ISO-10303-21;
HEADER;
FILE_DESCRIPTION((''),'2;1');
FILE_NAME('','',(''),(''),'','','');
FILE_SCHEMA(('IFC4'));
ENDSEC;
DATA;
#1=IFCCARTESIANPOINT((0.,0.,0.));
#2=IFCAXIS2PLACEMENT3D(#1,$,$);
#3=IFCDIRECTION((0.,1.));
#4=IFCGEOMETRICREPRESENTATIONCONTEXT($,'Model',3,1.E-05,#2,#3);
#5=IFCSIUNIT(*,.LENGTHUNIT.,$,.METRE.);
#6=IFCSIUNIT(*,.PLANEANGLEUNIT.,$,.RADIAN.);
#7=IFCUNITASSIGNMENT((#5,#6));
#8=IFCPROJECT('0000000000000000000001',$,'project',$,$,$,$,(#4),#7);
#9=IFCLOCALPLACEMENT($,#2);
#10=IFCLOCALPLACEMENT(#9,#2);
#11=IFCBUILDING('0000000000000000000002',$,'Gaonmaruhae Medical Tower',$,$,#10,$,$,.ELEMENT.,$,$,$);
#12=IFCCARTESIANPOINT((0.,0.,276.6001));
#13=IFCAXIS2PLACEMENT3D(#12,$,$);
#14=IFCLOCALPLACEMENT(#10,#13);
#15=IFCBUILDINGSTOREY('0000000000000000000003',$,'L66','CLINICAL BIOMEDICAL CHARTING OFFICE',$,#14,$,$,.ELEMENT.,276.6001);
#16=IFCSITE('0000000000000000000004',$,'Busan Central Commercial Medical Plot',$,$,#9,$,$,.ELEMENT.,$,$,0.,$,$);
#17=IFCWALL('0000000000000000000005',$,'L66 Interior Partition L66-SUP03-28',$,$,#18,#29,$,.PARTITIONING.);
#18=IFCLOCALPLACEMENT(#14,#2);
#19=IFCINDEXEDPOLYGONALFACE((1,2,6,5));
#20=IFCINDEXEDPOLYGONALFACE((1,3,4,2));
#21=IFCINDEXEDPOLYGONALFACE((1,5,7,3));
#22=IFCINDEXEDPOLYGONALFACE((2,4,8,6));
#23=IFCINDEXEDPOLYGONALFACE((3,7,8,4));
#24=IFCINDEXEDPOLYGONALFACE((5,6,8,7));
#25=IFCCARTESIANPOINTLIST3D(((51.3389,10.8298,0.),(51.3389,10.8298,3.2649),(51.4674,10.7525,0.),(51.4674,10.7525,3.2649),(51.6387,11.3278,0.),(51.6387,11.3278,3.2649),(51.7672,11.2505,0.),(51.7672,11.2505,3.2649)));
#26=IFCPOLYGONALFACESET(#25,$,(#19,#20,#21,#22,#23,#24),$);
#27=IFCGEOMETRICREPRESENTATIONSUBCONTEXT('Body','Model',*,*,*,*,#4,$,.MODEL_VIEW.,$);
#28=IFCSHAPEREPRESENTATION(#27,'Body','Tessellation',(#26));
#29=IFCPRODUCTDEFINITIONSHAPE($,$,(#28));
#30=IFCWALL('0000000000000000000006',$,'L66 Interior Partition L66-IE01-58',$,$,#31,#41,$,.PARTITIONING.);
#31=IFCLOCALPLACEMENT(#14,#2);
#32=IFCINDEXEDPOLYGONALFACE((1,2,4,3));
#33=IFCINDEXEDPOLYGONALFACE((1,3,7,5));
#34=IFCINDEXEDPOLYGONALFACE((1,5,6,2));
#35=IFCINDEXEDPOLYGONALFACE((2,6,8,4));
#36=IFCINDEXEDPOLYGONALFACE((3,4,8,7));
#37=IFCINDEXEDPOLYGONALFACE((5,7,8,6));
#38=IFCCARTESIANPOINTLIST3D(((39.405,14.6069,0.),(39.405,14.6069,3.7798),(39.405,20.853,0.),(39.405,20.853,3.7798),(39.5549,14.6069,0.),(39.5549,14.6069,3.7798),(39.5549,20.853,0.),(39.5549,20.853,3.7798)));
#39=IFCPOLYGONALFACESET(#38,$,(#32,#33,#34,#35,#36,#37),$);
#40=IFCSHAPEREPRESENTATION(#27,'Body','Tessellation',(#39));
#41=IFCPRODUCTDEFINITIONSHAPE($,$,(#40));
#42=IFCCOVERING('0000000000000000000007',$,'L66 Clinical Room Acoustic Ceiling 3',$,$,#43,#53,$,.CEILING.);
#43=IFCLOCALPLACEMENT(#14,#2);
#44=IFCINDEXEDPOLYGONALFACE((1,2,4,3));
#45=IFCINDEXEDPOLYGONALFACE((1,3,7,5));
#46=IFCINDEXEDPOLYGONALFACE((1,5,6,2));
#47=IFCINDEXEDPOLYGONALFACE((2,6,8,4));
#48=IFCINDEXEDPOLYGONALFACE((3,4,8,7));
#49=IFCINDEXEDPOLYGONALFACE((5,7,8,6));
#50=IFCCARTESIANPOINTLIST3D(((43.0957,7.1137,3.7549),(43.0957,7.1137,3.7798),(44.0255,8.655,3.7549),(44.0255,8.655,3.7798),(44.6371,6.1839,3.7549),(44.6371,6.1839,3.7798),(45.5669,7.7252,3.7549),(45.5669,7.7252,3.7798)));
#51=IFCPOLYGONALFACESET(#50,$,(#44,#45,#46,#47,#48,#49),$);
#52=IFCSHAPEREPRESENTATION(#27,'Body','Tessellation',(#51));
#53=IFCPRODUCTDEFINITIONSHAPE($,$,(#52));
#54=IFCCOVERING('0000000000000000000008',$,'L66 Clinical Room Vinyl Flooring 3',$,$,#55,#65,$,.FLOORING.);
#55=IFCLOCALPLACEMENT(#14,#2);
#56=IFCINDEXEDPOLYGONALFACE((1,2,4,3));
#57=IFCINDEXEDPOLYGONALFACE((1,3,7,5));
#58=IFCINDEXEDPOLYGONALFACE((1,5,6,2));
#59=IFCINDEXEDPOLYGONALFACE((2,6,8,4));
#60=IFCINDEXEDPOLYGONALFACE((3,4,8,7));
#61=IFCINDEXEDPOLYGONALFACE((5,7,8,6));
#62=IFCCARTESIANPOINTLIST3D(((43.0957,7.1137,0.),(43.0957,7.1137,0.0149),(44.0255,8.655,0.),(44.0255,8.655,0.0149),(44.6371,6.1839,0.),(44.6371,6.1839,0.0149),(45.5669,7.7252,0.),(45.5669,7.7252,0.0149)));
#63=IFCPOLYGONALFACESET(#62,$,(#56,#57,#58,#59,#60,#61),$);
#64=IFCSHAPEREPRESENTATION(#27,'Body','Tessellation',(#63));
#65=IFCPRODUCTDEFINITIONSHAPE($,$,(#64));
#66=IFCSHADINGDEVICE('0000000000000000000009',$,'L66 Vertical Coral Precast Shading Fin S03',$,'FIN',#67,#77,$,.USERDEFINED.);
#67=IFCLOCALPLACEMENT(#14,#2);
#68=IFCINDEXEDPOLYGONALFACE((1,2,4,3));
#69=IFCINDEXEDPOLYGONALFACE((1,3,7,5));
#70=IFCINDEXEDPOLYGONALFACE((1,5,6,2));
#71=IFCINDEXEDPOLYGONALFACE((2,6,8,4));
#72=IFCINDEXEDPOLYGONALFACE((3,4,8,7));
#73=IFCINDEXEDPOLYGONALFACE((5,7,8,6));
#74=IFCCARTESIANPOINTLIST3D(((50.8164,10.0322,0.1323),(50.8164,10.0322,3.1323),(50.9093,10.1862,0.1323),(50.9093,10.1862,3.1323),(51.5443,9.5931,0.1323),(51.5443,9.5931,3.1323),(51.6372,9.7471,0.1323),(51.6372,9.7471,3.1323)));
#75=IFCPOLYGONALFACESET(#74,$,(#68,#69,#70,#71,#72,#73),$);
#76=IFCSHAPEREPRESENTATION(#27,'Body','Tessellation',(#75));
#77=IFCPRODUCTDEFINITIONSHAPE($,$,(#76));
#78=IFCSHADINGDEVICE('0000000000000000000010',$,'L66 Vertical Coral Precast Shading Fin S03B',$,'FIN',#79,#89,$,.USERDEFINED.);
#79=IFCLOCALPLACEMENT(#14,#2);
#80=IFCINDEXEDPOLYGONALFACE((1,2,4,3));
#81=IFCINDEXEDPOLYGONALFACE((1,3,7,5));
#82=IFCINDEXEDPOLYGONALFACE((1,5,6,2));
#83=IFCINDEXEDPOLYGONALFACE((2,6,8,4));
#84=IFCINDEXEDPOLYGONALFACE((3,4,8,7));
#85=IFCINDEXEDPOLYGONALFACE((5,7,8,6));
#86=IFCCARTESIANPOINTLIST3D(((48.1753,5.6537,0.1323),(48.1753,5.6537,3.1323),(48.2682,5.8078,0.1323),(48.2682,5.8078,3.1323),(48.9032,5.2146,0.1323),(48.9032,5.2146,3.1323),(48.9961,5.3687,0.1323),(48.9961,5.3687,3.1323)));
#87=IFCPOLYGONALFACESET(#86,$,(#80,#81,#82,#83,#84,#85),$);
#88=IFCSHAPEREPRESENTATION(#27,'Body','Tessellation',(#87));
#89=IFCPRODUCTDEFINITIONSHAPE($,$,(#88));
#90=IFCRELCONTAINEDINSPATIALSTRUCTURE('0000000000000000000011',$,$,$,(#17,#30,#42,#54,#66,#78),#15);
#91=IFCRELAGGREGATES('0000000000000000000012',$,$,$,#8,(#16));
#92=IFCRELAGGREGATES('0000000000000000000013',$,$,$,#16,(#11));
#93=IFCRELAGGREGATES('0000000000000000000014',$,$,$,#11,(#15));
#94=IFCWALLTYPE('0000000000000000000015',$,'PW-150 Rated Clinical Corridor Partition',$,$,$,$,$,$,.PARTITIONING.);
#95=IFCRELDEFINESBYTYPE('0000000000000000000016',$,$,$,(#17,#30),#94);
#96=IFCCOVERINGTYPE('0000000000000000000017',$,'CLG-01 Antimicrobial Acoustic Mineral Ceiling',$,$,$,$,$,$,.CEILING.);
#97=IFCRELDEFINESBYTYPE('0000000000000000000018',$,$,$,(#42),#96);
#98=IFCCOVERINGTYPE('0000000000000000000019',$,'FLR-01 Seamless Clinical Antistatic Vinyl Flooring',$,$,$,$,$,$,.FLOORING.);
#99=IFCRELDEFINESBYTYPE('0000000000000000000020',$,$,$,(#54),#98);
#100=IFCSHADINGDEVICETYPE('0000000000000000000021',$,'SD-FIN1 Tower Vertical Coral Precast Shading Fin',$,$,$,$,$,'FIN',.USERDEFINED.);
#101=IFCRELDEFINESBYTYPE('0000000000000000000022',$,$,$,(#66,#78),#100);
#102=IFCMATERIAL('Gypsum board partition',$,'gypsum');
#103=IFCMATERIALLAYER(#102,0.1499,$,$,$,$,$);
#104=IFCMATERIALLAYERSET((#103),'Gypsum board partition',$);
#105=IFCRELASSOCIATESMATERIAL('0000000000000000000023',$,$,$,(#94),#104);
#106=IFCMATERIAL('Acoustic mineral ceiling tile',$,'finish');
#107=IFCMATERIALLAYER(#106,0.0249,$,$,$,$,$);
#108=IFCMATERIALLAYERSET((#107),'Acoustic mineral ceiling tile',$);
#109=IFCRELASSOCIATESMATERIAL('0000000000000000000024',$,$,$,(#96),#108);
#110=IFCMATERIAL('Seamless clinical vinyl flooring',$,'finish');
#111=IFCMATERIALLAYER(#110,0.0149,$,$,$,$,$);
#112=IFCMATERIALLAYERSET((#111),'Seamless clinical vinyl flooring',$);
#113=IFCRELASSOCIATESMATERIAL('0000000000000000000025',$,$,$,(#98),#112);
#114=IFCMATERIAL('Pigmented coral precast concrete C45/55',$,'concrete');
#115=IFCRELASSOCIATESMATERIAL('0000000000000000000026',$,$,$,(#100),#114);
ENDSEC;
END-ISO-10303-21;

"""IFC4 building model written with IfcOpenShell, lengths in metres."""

from ifc_helpers import new_model, si_unit, direction, frame, frame_2d, origin, origin_2d, place, context, subcontext, project, spatial, rectangle, extrude, material, layer, layer_set, type_object, element, save


model = new_model("IFC4")

# Units and contexts
model_context = context("Model", 3, precision=1e-05, world=origin(), true_north=direction((0.0, 1.0)))
body_context = subcontext(model_context, "Body", "Model", "MODEL_VIEW")
ifc_project = project(units=[si_unit("LENGTHUNIT", "METRE"), si_unit("PLANEANGLEUNIT", "RADIAN")], contexts=[model_context])

# Site, building, storey
site_placement = place(None, origin())
site = spatial("IfcSite", under=ifc_project, at=site_placement, Name="Busan Central Commercial Medical Plot", CompositionType="ELEMENT", RefElevation=0.0)
building_placement = place(site_placement, origin())
building = spatial("IfcBuilding", under=site, at=building_placement, Name="Gaonmaruhae Medical Tower", CompositionType="ELEMENT")
storey_placement = place(building_placement, frame((0.0, 0.0, 276.6001)))
storey = spatial("IfcBuildingStorey", under=building, at=storey_placement, Name="L66", Description="CLINICAL BIOMEDICAL CHARTING OFFICE", CompositionType="ELEMENT", Elevation=276.6001)

# Shared definitions
ifc_material_1 = material(Name="Gypsum board partition", Category="gypsum")
ifc_layer_1 = layer(ifc_material_1, 0.1499)
ifc_layer_set_1 = layer_set([ifc_layer_1], Name="Gypsum board partition")
wall_type_1 = type_object("IfcWallType", Name="PW-150 Rated Clinical Corridor Partition", PredefinedType="PARTITIONING", material=ifc_layer_set_1)

# Walls
wall_1_placement = place(storey_placement, frame((51.7029, 11.2891, 0.0), z_axis=(0.0, 0.0, 1.0), x_axis=(-0.51573, -0.856751, 0.0)))
element("IfcWall", 1, at=wall_1_placement, inside=storey, type_object=wall_type_1, Name="L66 Interior Partition L66-SUP03-28", PredefinedType="PARTITIONING", context=body_context, shape_type="SweptSolid", body=[
    extrude(rectangle(XDim=0.5813, YDim=0.1499, at=frame_2d((0.2905, 0.0))), origin(), (0.0, 0.0, 1.0), 3.2649),
])
wall_2_placement = place(storey_placement, frame((39.48, 14.6069, 0.0), z_axis=(0.0, 0.0, 1.0), x_axis=(0.0, 1.0, 0.0)))
element("IfcWall", 2, at=wall_2_placement, inside=storey, type_object=wall_type_1, Name="L66 Interior Partition L66-IE01-58", PredefinedType="PARTITIONING", context=body_context, shape_type="SweptSolid", body=[
    extrude(rectangle(XDim=6.2461, YDim=0.1499, at=frame_2d((3.123, 0.0))), origin(), (0.0, 0.0, 1.0), 3.7798),
])

# Coverings
ifc_material_2 = material(Name="Acoustic mineral ceiling tile", Category="finish")
ifc_layer_2 = layer(ifc_material_2, 0.0249)
ifc_layer_set_2 = layer_set([ifc_layer_2], Name="Acoustic mineral ceiling tile")
covering_type_1 = type_object("IfcCoveringType", Name="CLG-01 Antimicrobial Acoustic Mineral Ceiling", PredefinedType="CEILING", material=ifc_layer_set_2)
covering_1_placement = place(storey_placement, frame((44.3313, 7.4194, 3.7549), z_axis=(0.0, 0.0, 1.0), x_axis=(0.516533, 0.856267, 0.0)))
element("IfcCovering", 3, at=covering_1_placement, inside=storey, type_object=covering_type_1, Name="L66 Clinical Room Acoustic Ceiling 3", PredefinedType="CEILING", context=body_context, shape_type="SweptSolid", body=[
    extrude(rectangle(XDim=1.8, YDim=1.8, at=origin_2d()), origin(), (0.0, 0.0, 1.0), 0.0249),
])
ifc_material_3 = material(Name="Seamless clinical vinyl flooring", Category="finish")
ifc_layer_3 = layer(ifc_material_3, 0.0149)
ifc_layer_set_3 = layer_set([ifc_layer_3], Name="Seamless clinical vinyl flooring")
covering_type_2 = type_object("IfcCoveringType", Name="FLR-01 Seamless Clinical Antistatic Vinyl Flooring", PredefinedType="FLOORING", material=ifc_layer_set_3)
covering_2_placement = place(storey_placement, frame((44.3313, 7.4194, 0.0), z_axis=(0.0, 0.0, 1.0), x_axis=(0.516533, 0.856267, 0.0)))
element("IfcCovering", 4, at=covering_2_placement, inside=storey, type_object=covering_type_2, Name="L66 Clinical Room Vinyl Flooring 3", PredefinedType="FLOORING", context=body_context, shape_type="SweptSolid", body=[
    extrude(rectangle(XDim=1.8, YDim=1.8, at=origin_2d()), origin(), (0.0, 0.0, 1.0), 0.0149),
])

# Shading devices
ifc_material_4 = material(Name="Pigmented coral precast concrete C45/55", Category="concrete")
shading_device_type = type_object("IfcShadingDeviceType", Name="SD-FIN1 Tower Vertical Coral Precast Shading Fin", ElementType="FIN", PredefinedType="USERDEFINED", material=ifc_material_4)
for number, where, z_axis, x_axis, name in (
    (5, (51.2268, 9.8896, 0.1323), (0.0, 0.0, 1.0), (-0.516533, -0.856267, 0.0), "L66 Vertical Coral Precast Shading Fin S03"),
    (6, (48.5857, 5.5112, 0.1323), (0.0, 0.0, 1.0), (-0.516533, -0.856267, 0.0), "L66 Vertical Coral Precast Shading Fin S03B"),
):
    element("IfcShadingDevice", number, at=place(storey_placement, frame(where, z_axis=z_axis, x_axis=x_axis)), inside=storey, type_object=shading_device_type, Name=name, ObjectType="FIN", PredefinedType="USERDEFINED", context=body_context, shape_type="SweptSolid", body=[
        extrude(rectangle(XDim=0.1799, YDim=0.8501, at=origin_2d()), origin(), (0.0, 0.0, 1.0), 3.0),
    ])

save(model, "model.ifc")
